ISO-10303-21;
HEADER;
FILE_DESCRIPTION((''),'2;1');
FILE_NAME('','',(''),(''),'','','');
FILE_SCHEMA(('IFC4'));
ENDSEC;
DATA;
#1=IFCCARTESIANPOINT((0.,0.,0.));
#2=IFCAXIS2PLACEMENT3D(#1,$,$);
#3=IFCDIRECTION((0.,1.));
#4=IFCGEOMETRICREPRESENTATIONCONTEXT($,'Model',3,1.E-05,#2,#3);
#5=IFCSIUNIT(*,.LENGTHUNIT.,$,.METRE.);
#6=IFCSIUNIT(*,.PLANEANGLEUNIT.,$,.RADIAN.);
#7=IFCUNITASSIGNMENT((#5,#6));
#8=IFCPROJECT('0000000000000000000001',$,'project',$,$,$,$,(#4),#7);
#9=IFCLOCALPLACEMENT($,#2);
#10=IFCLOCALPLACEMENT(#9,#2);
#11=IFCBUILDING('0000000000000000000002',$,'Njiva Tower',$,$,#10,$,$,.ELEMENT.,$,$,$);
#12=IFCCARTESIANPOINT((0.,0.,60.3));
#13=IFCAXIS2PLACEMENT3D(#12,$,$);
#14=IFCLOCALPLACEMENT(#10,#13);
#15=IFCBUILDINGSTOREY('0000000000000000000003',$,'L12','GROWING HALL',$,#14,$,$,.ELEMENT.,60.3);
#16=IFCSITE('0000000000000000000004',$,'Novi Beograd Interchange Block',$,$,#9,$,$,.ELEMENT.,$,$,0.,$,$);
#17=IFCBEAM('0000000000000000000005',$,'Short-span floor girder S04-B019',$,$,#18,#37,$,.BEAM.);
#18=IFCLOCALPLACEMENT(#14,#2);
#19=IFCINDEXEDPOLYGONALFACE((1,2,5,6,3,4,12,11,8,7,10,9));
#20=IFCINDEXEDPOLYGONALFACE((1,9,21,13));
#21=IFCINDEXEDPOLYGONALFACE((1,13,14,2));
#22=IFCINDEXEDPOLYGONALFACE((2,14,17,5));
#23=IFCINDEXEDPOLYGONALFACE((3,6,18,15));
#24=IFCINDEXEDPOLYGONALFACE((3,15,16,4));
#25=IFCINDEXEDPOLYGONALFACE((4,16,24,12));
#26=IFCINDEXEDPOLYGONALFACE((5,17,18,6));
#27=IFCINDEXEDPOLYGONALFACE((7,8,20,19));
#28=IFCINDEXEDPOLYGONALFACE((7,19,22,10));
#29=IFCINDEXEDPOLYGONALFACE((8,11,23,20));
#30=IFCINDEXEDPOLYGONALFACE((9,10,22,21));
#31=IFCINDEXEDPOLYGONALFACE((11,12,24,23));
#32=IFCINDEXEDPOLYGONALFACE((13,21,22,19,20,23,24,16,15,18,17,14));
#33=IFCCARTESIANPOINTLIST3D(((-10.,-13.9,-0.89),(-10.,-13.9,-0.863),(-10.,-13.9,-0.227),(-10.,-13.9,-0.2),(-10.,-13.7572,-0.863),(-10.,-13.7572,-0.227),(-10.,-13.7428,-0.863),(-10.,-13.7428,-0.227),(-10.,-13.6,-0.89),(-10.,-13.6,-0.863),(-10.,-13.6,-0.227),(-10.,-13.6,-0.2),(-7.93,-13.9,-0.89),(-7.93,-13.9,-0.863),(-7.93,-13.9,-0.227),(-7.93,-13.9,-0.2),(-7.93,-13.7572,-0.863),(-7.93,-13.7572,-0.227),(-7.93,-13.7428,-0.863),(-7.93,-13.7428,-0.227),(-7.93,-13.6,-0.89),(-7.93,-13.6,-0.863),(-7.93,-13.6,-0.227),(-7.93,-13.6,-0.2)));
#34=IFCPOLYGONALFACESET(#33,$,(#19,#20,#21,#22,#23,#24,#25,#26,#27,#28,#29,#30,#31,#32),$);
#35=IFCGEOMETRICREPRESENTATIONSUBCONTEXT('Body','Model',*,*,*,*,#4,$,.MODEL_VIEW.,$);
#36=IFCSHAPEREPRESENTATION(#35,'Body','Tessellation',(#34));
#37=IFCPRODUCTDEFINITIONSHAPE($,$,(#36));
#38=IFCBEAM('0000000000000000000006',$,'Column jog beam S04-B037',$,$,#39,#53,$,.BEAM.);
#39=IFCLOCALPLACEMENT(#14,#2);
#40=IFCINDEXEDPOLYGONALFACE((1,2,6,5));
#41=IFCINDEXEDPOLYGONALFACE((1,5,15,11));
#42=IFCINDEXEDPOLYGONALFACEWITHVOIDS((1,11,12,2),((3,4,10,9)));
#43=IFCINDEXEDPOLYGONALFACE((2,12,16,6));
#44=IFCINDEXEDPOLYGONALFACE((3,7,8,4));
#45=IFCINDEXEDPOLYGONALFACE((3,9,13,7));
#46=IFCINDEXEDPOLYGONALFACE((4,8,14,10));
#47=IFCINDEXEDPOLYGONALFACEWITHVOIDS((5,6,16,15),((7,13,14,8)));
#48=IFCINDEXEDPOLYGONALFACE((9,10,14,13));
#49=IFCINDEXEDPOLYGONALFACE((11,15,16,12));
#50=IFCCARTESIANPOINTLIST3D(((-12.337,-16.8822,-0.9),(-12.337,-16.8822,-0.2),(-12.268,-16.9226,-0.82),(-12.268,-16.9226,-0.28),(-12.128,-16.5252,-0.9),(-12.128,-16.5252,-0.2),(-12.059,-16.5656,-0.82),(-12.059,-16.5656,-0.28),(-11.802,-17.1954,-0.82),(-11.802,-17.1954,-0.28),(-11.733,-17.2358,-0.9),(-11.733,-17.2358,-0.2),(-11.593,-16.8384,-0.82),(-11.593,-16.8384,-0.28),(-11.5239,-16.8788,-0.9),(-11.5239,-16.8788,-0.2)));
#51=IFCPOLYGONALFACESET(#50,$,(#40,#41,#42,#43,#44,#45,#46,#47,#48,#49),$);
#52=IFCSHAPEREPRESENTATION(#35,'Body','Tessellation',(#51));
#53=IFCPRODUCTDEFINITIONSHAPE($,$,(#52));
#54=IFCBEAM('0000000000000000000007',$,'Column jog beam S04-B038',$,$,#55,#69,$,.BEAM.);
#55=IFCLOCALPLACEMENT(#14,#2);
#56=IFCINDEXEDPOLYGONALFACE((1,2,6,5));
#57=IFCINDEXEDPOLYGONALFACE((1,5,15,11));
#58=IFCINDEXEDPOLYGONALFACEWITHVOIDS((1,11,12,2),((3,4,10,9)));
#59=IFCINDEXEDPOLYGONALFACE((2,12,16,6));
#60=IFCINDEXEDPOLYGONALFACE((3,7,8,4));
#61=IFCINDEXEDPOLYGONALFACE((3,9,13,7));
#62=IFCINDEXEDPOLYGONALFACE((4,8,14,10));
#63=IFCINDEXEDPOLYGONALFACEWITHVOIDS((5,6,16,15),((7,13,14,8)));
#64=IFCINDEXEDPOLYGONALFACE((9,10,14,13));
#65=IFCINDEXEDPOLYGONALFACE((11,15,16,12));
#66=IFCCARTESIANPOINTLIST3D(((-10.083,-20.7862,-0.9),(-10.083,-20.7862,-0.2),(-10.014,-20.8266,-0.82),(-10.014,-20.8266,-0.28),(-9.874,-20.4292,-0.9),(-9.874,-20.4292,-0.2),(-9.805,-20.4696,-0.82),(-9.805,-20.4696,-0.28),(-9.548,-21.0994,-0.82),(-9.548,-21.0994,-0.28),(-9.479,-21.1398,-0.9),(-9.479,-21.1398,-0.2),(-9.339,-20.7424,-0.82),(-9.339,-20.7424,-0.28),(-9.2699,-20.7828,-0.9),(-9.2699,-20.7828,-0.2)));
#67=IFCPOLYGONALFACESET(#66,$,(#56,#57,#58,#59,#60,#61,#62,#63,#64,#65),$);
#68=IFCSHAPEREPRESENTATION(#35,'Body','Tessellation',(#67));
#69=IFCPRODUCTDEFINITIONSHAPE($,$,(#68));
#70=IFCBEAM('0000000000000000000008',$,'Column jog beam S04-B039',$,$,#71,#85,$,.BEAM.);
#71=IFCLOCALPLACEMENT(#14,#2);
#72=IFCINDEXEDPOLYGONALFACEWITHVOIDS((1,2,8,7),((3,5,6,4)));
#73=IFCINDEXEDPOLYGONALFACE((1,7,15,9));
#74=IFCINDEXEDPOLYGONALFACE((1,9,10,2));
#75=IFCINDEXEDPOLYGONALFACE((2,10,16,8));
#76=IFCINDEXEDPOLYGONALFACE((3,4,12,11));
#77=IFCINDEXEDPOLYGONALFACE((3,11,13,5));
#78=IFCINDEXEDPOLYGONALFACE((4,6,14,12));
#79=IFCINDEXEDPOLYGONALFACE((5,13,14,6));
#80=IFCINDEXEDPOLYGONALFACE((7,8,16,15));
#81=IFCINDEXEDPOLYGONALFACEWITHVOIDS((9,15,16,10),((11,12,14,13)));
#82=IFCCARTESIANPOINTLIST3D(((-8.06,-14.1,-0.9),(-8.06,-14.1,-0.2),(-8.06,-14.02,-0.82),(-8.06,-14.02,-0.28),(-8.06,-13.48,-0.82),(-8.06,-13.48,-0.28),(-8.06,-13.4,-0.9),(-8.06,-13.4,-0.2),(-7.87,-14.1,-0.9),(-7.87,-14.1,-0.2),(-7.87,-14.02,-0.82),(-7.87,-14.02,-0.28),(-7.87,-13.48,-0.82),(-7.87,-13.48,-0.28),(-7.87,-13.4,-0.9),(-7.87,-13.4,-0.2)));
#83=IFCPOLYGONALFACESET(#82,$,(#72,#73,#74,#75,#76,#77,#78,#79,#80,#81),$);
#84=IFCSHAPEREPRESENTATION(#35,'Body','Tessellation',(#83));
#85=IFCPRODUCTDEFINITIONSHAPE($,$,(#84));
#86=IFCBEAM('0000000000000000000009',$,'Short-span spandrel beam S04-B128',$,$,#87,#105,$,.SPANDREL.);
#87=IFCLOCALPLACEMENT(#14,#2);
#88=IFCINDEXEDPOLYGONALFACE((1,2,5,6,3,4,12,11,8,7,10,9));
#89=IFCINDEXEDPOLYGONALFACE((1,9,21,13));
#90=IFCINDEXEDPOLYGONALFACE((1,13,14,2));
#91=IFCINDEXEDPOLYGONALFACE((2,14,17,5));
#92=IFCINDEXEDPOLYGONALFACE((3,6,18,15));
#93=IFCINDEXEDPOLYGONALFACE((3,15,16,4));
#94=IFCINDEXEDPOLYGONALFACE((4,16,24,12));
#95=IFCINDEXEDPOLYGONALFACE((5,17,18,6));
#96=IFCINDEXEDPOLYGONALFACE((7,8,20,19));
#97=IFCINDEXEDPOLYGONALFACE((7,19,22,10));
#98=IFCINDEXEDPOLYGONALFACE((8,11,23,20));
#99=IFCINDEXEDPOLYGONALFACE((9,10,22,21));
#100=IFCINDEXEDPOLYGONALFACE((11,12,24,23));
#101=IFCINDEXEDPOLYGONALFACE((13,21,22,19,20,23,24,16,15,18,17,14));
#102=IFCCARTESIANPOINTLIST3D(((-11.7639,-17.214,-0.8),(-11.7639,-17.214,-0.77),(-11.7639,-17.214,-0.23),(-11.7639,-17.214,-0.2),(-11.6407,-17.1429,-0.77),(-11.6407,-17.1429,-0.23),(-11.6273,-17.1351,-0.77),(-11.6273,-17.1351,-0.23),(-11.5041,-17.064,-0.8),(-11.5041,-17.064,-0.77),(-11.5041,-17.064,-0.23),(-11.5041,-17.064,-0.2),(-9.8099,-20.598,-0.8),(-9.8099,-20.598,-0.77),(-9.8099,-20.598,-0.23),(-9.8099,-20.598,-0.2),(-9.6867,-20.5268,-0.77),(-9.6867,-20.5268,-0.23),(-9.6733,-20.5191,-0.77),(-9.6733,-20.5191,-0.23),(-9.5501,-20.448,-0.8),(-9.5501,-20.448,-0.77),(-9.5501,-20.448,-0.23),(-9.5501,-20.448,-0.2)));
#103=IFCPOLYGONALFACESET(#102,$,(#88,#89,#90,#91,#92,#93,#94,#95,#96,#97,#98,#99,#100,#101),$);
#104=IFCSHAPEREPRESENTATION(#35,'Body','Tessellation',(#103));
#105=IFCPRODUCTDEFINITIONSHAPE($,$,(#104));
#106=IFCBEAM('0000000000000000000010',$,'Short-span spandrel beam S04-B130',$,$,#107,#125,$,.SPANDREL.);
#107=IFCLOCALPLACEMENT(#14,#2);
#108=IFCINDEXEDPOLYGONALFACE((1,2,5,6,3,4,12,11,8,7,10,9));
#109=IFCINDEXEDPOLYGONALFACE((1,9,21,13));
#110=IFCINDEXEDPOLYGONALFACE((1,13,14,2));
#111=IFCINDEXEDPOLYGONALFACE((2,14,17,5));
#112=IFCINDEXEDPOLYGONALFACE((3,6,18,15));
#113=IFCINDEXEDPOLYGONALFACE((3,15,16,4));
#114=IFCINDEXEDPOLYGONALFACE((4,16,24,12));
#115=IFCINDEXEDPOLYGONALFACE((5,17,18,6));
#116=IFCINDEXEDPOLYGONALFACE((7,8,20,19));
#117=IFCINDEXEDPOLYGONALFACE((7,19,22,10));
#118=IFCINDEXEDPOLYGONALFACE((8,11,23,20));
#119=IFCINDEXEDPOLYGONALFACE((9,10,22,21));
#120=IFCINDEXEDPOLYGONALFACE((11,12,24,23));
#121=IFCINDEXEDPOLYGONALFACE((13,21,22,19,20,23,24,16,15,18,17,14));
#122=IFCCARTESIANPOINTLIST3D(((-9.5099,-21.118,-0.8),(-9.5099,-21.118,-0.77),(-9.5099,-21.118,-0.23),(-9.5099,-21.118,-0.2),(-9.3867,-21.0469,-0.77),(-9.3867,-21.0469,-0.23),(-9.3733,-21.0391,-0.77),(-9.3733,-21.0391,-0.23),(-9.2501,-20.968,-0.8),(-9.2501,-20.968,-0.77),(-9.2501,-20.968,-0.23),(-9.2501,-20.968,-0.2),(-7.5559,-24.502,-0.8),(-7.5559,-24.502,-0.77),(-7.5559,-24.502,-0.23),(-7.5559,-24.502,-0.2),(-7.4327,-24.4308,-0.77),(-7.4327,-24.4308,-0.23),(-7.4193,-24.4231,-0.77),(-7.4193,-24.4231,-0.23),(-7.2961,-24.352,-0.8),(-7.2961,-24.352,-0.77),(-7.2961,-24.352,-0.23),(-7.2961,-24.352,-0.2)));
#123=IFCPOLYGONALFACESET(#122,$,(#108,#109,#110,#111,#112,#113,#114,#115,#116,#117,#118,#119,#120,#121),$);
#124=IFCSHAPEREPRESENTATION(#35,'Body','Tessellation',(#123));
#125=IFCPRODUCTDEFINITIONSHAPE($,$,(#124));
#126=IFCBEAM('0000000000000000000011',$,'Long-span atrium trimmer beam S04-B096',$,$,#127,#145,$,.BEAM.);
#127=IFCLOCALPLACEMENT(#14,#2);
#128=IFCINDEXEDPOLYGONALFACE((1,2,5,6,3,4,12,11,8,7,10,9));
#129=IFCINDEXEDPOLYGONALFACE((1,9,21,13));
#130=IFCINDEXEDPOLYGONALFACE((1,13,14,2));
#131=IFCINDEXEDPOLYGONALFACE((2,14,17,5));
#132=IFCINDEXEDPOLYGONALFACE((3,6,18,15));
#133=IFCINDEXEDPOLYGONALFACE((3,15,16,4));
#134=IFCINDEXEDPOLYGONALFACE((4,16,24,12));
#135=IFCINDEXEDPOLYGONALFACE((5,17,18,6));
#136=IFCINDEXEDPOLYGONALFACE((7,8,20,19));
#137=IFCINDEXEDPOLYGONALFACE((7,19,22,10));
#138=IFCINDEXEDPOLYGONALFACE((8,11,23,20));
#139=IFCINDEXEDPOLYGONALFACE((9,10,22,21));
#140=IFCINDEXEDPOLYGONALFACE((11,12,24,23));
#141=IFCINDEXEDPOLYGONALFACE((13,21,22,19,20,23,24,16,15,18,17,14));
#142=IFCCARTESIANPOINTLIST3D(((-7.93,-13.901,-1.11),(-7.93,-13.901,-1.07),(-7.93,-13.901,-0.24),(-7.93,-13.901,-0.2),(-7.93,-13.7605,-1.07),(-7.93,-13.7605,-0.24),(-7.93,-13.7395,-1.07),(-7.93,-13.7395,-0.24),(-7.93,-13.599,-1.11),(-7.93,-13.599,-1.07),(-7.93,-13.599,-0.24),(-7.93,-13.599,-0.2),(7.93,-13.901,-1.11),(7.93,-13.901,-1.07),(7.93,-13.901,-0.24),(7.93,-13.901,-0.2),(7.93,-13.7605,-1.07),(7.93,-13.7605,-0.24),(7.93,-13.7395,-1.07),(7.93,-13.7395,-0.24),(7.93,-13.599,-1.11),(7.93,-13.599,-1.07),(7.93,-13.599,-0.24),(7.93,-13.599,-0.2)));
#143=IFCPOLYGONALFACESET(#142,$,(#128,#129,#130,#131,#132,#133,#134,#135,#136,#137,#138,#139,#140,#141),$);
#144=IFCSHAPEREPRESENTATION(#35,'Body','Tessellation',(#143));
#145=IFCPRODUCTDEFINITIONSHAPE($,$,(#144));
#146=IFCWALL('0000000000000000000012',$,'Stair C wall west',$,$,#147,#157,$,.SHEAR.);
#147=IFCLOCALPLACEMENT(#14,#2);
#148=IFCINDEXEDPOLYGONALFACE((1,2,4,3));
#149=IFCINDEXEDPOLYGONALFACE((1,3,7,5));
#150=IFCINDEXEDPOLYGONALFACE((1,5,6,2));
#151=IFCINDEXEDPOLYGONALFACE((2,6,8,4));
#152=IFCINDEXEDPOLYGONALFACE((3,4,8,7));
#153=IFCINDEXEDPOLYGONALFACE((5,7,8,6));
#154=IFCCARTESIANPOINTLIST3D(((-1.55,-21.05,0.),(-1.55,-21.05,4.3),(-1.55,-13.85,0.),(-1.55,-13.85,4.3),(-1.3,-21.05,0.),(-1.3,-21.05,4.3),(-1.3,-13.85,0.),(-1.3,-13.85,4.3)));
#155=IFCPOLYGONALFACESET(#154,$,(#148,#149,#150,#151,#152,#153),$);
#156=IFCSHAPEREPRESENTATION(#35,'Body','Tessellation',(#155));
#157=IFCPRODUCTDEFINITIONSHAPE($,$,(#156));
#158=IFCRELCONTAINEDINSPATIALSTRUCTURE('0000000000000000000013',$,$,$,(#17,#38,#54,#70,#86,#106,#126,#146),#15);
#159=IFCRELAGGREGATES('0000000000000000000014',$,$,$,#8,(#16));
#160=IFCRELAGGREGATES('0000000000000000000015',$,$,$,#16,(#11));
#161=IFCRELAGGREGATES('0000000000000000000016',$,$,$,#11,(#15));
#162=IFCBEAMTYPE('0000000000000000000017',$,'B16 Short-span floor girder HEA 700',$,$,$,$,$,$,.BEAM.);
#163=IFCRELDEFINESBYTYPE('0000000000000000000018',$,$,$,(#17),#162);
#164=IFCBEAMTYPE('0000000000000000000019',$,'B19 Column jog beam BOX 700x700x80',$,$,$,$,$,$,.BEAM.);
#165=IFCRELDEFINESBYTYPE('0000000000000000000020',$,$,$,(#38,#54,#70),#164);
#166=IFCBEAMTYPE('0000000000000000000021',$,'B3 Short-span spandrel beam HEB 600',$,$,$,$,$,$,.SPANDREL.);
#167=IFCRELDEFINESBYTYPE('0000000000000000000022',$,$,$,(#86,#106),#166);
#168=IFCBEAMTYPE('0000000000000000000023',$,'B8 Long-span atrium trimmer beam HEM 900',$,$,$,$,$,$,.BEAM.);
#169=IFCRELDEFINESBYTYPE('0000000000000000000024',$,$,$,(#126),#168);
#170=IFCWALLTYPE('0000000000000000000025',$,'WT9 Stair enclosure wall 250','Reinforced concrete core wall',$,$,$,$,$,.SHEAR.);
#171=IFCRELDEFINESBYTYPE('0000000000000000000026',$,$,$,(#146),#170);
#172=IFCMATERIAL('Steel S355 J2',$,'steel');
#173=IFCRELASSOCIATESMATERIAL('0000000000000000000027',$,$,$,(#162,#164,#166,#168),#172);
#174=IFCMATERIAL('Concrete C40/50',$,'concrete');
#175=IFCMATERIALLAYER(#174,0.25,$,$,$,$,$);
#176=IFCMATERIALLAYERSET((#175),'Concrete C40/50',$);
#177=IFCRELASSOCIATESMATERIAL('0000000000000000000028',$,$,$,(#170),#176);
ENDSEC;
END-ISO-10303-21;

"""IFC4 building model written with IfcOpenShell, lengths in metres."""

from ifc_helpers import new_model, si_unit, direction, frame, frame_2d, origin, origin_2d, place, context, subcontext, project, spatial, rectangle, hollow_rectangle, i_section, extrude, material, layer, layer_set, material_profile, profile_set, type_object, element, save


model = new_model("IFC4")

# Units and contexts
model_context = context("Model", 3, precision=1e-05, world=origin(), true_north=direction((0.0, 1.0)))
body_context = subcontext(model_context, "Body", "Model", "MODEL_VIEW")
ifc_project = project(units=[si_unit("LENGTHUNIT", "METRE"), si_unit("PLANEANGLEUNIT", "RADIAN")], contexts=[model_context])

# Site, building, storey
site_placement = place(None, origin())
site = spatial("IfcSite", under=ifc_project, at=site_placement, Name="Novi Beograd Interchange Block", CompositionType="ELEMENT", RefElevation=0.0)
building_placement = place(site_placement, origin())
building = spatial("IfcBuilding", under=site, at=building_placement, Name="Njiva Tower", CompositionType="ELEMENT")
storey_placement = place(building_placement, frame((0.0, 0.0, 60.3)))
storey = spatial("IfcBuildingStorey", under=building, at=storey_placement, Name="L12", Description="GROWING HALL", CompositionType="ELEMENT", Elevation=60.3)

# Shared definitions
ifc_material_1 = material(Name="Steel S355 J2", Category="steel")

# Beams
ifc_material_profile_1 = material_profile(ifc_material_1, i_section(OverallWidth=0.3, OverallDepth=0.69, WebThickness=0.0145, FlangeThickness=0.027, at=origin_2d()), Name="HEA 700")
ifc_profile_set_1 = profile_set([ifc_material_profile_1], Name="Steel S355 J2")
beam_type_1 = type_object("IfcBeamType", Name="B16 Short-span floor girder HEA 700", PredefinedType="BEAM", material=ifc_profile_set_1)
beam_1_placement = place(storey_placement, frame((-10.0, -13.75, -0.545), z_axis=(1.0, 0.0, 0.0), x_axis=(0.0, 1.0, 0.0)))
element("IfcBeam", 1, at=beam_1_placement, inside=storey, type_object=beam_type_1, Name="Short-span floor girder S04-B019", PredefinedType="BEAM", context=body_context, shape_type="SweptSolid", body=[
    extrude(i_section(OverallWidth=0.3, OverallDepth=0.69, WebThickness=0.0145, FlangeThickness=0.027, at=origin_2d()), origin(), (0.0, 0.0, 1.0), 2.07),
])
ifc_material_profile_2 = material_profile(ifc_material_1, hollow_rectangle(XDim=0.7, YDim=0.7, WallThickness=0.08, at=origin_2d()), Name="BOX 700x700x80")
ifc_profile_set_2 = profile_set([ifc_material_profile_2], Name="Steel S355 J2")
beam_type_2 = type_object("IfcBeamType", Name="B19 Column jog beam BOX 700x700x80", PredefinedType="BEAM", material=ifc_profile_set_2)
for number, where, z_axis, x_axis, name in (
    (2, (-12.035, -17.059, -0.55), (0.505223, 0.862989, 0.0), (-0.862989, 0.505223, 0.0), "Column jog beam S04-B037"),
    (3, (-9.781, -20.963, -0.55), (0.505223, 0.862989, 0.0), (-0.862989, 0.505223, 0.0), "Column jog beam S04-B038"),
):
    element("IfcBeam", number, at=place(storey_placement, frame(where, z_axis=z_axis, x_axis=x_axis)), inside=storey, type_object=beam_type_2, Name=name, PredefinedType="BEAM", context=body_context, shape_type="SweptSolid", body=[
        extrude(hollow_rectangle(XDim=0.7, YDim=0.7, WallThickness=0.08, at=origin_2d()), origin(), (0.0, 0.0, 1.0), 0.4137),
    ])
beam_2_placement = place(storey_placement, frame((-8.06, -13.75, -0.55), z_axis=(1.0, 0.0, 0.0), x_axis=(0.0, 1.0, 0.0)))
element("IfcBeam", 4, at=beam_2_placement, inside=storey, type_object=beam_type_2, Name="Column jog beam S04-B039", PredefinedType="BEAM", context=body_context, shape_type="SweptSolid", body=[
    extrude(hollow_rectangle(XDim=0.7, YDim=0.7, WallThickness=0.08, at=origin_2d()), origin(), (0.0, 0.0, 1.0), 0.19),
])
ifc_material_profile_3 = material_profile(ifc_material_1, i_section(OverallWidth=0.3, OverallDepth=0.6, WebThickness=0.0155, FlangeThickness=0.03, at=origin_2d()), Name="HEB 600")
ifc_profile_set_3 = profile_set([ifc_material_profile_3], Name="Steel S355 J2")
beam_type_3 = type_object("IfcBeamType", Name="B3 Short-span spandrel beam HEB 600", PredefinedType="SPANDREL", material=ifc_profile_set_3)
for number, where, z_axis, x_axis, name in (
    (5, (-11.634, -17.139, -0.5), (0.500047, -0.865998, 0.0), (0.865998, 0.500047, 0.0), "Short-span spandrel beam S04-B128"),
    (6, (-9.38, -21.043, -0.5), (0.500047, -0.865998, 0.0), (0.865998, 0.500047, 0.0), "Short-span spandrel beam S04-B130"),
):
    element("IfcBeam", number, at=place(storey_placement, frame(where, z_axis=z_axis, x_axis=x_axis)), inside=storey, type_object=beam_type_3, Name=name, PredefinedType="SPANDREL", context=body_context, shape_type="SweptSolid", body=[
        extrude(i_section(OverallWidth=0.3, OverallDepth=0.6, WebThickness=0.0155, FlangeThickness=0.03, at=origin_2d()), origin(), (0.0, 0.0, 1.0), 3.9076),
    ])
ifc_material_profile_4 = material_profile(ifc_material_1, i_section(OverallWidth=0.302, OverallDepth=0.91, WebThickness=0.021, FlangeThickness=0.04, at=origin_2d()), Name="HEM 900")
ifc_profile_set_4 = profile_set([ifc_material_profile_4], Name="Steel S355 J2")
beam_type_4 = type_object("IfcBeamType", Name="B8 Long-span atrium trimmer beam HEM 900", PredefinedType="BEAM", material=ifc_profile_set_4)
beam_3_placement = place(storey_placement, frame((-7.93, -13.75, -0.655), z_axis=(1.0, 0.0, 0.0), x_axis=(0.0, 1.0, 0.0)))
element("IfcBeam", 7, at=beam_3_placement, inside=storey, type_object=beam_type_4, Name="Long-span atrium trimmer beam S04-B096", PredefinedType="BEAM", context=body_context, shape_type="SweptSolid", body=[
    extrude(i_section(OverallWidth=0.302, OverallDepth=0.91, WebThickness=0.021, FlangeThickness=0.04, at=origin_2d()), origin(), (0.0, 0.0, 1.0), 15.86),
])

# Wall
ifc_material_2 = material(Name="Concrete C40/50", Category="concrete")
ifc_layer = layer(ifc_material_2, 0.25)
ifc_layer_set = layer_set([ifc_layer], Name="Concrete C40/50")
wall_type = type_object("IfcWallType", Name="WT9 Stair enclosure wall 250", Description="Reinforced concrete core wall", PredefinedType="SHEAR", material=ifc_layer_set)
wall_placement = place(storey_placement, frame((-1.425, -21.05, 0.0), z_axis=(0.0, 0.0, 1.0), x_axis=(0.0, 1.0, 0.0)))
element("IfcWall", 8, at=wall_placement, inside=storey, type_object=wall_type, Name="Stair C wall west", PredefinedType="SHEAR", context=body_context, shape_type="SweptSolid", body=[
    extrude(rectangle(XDim=7.2, YDim=0.25, at=frame_2d((3.6, 0.0))), origin(), (0.0, 0.0, 1.0), 4.3),
])

save(model, "model.ifc")
